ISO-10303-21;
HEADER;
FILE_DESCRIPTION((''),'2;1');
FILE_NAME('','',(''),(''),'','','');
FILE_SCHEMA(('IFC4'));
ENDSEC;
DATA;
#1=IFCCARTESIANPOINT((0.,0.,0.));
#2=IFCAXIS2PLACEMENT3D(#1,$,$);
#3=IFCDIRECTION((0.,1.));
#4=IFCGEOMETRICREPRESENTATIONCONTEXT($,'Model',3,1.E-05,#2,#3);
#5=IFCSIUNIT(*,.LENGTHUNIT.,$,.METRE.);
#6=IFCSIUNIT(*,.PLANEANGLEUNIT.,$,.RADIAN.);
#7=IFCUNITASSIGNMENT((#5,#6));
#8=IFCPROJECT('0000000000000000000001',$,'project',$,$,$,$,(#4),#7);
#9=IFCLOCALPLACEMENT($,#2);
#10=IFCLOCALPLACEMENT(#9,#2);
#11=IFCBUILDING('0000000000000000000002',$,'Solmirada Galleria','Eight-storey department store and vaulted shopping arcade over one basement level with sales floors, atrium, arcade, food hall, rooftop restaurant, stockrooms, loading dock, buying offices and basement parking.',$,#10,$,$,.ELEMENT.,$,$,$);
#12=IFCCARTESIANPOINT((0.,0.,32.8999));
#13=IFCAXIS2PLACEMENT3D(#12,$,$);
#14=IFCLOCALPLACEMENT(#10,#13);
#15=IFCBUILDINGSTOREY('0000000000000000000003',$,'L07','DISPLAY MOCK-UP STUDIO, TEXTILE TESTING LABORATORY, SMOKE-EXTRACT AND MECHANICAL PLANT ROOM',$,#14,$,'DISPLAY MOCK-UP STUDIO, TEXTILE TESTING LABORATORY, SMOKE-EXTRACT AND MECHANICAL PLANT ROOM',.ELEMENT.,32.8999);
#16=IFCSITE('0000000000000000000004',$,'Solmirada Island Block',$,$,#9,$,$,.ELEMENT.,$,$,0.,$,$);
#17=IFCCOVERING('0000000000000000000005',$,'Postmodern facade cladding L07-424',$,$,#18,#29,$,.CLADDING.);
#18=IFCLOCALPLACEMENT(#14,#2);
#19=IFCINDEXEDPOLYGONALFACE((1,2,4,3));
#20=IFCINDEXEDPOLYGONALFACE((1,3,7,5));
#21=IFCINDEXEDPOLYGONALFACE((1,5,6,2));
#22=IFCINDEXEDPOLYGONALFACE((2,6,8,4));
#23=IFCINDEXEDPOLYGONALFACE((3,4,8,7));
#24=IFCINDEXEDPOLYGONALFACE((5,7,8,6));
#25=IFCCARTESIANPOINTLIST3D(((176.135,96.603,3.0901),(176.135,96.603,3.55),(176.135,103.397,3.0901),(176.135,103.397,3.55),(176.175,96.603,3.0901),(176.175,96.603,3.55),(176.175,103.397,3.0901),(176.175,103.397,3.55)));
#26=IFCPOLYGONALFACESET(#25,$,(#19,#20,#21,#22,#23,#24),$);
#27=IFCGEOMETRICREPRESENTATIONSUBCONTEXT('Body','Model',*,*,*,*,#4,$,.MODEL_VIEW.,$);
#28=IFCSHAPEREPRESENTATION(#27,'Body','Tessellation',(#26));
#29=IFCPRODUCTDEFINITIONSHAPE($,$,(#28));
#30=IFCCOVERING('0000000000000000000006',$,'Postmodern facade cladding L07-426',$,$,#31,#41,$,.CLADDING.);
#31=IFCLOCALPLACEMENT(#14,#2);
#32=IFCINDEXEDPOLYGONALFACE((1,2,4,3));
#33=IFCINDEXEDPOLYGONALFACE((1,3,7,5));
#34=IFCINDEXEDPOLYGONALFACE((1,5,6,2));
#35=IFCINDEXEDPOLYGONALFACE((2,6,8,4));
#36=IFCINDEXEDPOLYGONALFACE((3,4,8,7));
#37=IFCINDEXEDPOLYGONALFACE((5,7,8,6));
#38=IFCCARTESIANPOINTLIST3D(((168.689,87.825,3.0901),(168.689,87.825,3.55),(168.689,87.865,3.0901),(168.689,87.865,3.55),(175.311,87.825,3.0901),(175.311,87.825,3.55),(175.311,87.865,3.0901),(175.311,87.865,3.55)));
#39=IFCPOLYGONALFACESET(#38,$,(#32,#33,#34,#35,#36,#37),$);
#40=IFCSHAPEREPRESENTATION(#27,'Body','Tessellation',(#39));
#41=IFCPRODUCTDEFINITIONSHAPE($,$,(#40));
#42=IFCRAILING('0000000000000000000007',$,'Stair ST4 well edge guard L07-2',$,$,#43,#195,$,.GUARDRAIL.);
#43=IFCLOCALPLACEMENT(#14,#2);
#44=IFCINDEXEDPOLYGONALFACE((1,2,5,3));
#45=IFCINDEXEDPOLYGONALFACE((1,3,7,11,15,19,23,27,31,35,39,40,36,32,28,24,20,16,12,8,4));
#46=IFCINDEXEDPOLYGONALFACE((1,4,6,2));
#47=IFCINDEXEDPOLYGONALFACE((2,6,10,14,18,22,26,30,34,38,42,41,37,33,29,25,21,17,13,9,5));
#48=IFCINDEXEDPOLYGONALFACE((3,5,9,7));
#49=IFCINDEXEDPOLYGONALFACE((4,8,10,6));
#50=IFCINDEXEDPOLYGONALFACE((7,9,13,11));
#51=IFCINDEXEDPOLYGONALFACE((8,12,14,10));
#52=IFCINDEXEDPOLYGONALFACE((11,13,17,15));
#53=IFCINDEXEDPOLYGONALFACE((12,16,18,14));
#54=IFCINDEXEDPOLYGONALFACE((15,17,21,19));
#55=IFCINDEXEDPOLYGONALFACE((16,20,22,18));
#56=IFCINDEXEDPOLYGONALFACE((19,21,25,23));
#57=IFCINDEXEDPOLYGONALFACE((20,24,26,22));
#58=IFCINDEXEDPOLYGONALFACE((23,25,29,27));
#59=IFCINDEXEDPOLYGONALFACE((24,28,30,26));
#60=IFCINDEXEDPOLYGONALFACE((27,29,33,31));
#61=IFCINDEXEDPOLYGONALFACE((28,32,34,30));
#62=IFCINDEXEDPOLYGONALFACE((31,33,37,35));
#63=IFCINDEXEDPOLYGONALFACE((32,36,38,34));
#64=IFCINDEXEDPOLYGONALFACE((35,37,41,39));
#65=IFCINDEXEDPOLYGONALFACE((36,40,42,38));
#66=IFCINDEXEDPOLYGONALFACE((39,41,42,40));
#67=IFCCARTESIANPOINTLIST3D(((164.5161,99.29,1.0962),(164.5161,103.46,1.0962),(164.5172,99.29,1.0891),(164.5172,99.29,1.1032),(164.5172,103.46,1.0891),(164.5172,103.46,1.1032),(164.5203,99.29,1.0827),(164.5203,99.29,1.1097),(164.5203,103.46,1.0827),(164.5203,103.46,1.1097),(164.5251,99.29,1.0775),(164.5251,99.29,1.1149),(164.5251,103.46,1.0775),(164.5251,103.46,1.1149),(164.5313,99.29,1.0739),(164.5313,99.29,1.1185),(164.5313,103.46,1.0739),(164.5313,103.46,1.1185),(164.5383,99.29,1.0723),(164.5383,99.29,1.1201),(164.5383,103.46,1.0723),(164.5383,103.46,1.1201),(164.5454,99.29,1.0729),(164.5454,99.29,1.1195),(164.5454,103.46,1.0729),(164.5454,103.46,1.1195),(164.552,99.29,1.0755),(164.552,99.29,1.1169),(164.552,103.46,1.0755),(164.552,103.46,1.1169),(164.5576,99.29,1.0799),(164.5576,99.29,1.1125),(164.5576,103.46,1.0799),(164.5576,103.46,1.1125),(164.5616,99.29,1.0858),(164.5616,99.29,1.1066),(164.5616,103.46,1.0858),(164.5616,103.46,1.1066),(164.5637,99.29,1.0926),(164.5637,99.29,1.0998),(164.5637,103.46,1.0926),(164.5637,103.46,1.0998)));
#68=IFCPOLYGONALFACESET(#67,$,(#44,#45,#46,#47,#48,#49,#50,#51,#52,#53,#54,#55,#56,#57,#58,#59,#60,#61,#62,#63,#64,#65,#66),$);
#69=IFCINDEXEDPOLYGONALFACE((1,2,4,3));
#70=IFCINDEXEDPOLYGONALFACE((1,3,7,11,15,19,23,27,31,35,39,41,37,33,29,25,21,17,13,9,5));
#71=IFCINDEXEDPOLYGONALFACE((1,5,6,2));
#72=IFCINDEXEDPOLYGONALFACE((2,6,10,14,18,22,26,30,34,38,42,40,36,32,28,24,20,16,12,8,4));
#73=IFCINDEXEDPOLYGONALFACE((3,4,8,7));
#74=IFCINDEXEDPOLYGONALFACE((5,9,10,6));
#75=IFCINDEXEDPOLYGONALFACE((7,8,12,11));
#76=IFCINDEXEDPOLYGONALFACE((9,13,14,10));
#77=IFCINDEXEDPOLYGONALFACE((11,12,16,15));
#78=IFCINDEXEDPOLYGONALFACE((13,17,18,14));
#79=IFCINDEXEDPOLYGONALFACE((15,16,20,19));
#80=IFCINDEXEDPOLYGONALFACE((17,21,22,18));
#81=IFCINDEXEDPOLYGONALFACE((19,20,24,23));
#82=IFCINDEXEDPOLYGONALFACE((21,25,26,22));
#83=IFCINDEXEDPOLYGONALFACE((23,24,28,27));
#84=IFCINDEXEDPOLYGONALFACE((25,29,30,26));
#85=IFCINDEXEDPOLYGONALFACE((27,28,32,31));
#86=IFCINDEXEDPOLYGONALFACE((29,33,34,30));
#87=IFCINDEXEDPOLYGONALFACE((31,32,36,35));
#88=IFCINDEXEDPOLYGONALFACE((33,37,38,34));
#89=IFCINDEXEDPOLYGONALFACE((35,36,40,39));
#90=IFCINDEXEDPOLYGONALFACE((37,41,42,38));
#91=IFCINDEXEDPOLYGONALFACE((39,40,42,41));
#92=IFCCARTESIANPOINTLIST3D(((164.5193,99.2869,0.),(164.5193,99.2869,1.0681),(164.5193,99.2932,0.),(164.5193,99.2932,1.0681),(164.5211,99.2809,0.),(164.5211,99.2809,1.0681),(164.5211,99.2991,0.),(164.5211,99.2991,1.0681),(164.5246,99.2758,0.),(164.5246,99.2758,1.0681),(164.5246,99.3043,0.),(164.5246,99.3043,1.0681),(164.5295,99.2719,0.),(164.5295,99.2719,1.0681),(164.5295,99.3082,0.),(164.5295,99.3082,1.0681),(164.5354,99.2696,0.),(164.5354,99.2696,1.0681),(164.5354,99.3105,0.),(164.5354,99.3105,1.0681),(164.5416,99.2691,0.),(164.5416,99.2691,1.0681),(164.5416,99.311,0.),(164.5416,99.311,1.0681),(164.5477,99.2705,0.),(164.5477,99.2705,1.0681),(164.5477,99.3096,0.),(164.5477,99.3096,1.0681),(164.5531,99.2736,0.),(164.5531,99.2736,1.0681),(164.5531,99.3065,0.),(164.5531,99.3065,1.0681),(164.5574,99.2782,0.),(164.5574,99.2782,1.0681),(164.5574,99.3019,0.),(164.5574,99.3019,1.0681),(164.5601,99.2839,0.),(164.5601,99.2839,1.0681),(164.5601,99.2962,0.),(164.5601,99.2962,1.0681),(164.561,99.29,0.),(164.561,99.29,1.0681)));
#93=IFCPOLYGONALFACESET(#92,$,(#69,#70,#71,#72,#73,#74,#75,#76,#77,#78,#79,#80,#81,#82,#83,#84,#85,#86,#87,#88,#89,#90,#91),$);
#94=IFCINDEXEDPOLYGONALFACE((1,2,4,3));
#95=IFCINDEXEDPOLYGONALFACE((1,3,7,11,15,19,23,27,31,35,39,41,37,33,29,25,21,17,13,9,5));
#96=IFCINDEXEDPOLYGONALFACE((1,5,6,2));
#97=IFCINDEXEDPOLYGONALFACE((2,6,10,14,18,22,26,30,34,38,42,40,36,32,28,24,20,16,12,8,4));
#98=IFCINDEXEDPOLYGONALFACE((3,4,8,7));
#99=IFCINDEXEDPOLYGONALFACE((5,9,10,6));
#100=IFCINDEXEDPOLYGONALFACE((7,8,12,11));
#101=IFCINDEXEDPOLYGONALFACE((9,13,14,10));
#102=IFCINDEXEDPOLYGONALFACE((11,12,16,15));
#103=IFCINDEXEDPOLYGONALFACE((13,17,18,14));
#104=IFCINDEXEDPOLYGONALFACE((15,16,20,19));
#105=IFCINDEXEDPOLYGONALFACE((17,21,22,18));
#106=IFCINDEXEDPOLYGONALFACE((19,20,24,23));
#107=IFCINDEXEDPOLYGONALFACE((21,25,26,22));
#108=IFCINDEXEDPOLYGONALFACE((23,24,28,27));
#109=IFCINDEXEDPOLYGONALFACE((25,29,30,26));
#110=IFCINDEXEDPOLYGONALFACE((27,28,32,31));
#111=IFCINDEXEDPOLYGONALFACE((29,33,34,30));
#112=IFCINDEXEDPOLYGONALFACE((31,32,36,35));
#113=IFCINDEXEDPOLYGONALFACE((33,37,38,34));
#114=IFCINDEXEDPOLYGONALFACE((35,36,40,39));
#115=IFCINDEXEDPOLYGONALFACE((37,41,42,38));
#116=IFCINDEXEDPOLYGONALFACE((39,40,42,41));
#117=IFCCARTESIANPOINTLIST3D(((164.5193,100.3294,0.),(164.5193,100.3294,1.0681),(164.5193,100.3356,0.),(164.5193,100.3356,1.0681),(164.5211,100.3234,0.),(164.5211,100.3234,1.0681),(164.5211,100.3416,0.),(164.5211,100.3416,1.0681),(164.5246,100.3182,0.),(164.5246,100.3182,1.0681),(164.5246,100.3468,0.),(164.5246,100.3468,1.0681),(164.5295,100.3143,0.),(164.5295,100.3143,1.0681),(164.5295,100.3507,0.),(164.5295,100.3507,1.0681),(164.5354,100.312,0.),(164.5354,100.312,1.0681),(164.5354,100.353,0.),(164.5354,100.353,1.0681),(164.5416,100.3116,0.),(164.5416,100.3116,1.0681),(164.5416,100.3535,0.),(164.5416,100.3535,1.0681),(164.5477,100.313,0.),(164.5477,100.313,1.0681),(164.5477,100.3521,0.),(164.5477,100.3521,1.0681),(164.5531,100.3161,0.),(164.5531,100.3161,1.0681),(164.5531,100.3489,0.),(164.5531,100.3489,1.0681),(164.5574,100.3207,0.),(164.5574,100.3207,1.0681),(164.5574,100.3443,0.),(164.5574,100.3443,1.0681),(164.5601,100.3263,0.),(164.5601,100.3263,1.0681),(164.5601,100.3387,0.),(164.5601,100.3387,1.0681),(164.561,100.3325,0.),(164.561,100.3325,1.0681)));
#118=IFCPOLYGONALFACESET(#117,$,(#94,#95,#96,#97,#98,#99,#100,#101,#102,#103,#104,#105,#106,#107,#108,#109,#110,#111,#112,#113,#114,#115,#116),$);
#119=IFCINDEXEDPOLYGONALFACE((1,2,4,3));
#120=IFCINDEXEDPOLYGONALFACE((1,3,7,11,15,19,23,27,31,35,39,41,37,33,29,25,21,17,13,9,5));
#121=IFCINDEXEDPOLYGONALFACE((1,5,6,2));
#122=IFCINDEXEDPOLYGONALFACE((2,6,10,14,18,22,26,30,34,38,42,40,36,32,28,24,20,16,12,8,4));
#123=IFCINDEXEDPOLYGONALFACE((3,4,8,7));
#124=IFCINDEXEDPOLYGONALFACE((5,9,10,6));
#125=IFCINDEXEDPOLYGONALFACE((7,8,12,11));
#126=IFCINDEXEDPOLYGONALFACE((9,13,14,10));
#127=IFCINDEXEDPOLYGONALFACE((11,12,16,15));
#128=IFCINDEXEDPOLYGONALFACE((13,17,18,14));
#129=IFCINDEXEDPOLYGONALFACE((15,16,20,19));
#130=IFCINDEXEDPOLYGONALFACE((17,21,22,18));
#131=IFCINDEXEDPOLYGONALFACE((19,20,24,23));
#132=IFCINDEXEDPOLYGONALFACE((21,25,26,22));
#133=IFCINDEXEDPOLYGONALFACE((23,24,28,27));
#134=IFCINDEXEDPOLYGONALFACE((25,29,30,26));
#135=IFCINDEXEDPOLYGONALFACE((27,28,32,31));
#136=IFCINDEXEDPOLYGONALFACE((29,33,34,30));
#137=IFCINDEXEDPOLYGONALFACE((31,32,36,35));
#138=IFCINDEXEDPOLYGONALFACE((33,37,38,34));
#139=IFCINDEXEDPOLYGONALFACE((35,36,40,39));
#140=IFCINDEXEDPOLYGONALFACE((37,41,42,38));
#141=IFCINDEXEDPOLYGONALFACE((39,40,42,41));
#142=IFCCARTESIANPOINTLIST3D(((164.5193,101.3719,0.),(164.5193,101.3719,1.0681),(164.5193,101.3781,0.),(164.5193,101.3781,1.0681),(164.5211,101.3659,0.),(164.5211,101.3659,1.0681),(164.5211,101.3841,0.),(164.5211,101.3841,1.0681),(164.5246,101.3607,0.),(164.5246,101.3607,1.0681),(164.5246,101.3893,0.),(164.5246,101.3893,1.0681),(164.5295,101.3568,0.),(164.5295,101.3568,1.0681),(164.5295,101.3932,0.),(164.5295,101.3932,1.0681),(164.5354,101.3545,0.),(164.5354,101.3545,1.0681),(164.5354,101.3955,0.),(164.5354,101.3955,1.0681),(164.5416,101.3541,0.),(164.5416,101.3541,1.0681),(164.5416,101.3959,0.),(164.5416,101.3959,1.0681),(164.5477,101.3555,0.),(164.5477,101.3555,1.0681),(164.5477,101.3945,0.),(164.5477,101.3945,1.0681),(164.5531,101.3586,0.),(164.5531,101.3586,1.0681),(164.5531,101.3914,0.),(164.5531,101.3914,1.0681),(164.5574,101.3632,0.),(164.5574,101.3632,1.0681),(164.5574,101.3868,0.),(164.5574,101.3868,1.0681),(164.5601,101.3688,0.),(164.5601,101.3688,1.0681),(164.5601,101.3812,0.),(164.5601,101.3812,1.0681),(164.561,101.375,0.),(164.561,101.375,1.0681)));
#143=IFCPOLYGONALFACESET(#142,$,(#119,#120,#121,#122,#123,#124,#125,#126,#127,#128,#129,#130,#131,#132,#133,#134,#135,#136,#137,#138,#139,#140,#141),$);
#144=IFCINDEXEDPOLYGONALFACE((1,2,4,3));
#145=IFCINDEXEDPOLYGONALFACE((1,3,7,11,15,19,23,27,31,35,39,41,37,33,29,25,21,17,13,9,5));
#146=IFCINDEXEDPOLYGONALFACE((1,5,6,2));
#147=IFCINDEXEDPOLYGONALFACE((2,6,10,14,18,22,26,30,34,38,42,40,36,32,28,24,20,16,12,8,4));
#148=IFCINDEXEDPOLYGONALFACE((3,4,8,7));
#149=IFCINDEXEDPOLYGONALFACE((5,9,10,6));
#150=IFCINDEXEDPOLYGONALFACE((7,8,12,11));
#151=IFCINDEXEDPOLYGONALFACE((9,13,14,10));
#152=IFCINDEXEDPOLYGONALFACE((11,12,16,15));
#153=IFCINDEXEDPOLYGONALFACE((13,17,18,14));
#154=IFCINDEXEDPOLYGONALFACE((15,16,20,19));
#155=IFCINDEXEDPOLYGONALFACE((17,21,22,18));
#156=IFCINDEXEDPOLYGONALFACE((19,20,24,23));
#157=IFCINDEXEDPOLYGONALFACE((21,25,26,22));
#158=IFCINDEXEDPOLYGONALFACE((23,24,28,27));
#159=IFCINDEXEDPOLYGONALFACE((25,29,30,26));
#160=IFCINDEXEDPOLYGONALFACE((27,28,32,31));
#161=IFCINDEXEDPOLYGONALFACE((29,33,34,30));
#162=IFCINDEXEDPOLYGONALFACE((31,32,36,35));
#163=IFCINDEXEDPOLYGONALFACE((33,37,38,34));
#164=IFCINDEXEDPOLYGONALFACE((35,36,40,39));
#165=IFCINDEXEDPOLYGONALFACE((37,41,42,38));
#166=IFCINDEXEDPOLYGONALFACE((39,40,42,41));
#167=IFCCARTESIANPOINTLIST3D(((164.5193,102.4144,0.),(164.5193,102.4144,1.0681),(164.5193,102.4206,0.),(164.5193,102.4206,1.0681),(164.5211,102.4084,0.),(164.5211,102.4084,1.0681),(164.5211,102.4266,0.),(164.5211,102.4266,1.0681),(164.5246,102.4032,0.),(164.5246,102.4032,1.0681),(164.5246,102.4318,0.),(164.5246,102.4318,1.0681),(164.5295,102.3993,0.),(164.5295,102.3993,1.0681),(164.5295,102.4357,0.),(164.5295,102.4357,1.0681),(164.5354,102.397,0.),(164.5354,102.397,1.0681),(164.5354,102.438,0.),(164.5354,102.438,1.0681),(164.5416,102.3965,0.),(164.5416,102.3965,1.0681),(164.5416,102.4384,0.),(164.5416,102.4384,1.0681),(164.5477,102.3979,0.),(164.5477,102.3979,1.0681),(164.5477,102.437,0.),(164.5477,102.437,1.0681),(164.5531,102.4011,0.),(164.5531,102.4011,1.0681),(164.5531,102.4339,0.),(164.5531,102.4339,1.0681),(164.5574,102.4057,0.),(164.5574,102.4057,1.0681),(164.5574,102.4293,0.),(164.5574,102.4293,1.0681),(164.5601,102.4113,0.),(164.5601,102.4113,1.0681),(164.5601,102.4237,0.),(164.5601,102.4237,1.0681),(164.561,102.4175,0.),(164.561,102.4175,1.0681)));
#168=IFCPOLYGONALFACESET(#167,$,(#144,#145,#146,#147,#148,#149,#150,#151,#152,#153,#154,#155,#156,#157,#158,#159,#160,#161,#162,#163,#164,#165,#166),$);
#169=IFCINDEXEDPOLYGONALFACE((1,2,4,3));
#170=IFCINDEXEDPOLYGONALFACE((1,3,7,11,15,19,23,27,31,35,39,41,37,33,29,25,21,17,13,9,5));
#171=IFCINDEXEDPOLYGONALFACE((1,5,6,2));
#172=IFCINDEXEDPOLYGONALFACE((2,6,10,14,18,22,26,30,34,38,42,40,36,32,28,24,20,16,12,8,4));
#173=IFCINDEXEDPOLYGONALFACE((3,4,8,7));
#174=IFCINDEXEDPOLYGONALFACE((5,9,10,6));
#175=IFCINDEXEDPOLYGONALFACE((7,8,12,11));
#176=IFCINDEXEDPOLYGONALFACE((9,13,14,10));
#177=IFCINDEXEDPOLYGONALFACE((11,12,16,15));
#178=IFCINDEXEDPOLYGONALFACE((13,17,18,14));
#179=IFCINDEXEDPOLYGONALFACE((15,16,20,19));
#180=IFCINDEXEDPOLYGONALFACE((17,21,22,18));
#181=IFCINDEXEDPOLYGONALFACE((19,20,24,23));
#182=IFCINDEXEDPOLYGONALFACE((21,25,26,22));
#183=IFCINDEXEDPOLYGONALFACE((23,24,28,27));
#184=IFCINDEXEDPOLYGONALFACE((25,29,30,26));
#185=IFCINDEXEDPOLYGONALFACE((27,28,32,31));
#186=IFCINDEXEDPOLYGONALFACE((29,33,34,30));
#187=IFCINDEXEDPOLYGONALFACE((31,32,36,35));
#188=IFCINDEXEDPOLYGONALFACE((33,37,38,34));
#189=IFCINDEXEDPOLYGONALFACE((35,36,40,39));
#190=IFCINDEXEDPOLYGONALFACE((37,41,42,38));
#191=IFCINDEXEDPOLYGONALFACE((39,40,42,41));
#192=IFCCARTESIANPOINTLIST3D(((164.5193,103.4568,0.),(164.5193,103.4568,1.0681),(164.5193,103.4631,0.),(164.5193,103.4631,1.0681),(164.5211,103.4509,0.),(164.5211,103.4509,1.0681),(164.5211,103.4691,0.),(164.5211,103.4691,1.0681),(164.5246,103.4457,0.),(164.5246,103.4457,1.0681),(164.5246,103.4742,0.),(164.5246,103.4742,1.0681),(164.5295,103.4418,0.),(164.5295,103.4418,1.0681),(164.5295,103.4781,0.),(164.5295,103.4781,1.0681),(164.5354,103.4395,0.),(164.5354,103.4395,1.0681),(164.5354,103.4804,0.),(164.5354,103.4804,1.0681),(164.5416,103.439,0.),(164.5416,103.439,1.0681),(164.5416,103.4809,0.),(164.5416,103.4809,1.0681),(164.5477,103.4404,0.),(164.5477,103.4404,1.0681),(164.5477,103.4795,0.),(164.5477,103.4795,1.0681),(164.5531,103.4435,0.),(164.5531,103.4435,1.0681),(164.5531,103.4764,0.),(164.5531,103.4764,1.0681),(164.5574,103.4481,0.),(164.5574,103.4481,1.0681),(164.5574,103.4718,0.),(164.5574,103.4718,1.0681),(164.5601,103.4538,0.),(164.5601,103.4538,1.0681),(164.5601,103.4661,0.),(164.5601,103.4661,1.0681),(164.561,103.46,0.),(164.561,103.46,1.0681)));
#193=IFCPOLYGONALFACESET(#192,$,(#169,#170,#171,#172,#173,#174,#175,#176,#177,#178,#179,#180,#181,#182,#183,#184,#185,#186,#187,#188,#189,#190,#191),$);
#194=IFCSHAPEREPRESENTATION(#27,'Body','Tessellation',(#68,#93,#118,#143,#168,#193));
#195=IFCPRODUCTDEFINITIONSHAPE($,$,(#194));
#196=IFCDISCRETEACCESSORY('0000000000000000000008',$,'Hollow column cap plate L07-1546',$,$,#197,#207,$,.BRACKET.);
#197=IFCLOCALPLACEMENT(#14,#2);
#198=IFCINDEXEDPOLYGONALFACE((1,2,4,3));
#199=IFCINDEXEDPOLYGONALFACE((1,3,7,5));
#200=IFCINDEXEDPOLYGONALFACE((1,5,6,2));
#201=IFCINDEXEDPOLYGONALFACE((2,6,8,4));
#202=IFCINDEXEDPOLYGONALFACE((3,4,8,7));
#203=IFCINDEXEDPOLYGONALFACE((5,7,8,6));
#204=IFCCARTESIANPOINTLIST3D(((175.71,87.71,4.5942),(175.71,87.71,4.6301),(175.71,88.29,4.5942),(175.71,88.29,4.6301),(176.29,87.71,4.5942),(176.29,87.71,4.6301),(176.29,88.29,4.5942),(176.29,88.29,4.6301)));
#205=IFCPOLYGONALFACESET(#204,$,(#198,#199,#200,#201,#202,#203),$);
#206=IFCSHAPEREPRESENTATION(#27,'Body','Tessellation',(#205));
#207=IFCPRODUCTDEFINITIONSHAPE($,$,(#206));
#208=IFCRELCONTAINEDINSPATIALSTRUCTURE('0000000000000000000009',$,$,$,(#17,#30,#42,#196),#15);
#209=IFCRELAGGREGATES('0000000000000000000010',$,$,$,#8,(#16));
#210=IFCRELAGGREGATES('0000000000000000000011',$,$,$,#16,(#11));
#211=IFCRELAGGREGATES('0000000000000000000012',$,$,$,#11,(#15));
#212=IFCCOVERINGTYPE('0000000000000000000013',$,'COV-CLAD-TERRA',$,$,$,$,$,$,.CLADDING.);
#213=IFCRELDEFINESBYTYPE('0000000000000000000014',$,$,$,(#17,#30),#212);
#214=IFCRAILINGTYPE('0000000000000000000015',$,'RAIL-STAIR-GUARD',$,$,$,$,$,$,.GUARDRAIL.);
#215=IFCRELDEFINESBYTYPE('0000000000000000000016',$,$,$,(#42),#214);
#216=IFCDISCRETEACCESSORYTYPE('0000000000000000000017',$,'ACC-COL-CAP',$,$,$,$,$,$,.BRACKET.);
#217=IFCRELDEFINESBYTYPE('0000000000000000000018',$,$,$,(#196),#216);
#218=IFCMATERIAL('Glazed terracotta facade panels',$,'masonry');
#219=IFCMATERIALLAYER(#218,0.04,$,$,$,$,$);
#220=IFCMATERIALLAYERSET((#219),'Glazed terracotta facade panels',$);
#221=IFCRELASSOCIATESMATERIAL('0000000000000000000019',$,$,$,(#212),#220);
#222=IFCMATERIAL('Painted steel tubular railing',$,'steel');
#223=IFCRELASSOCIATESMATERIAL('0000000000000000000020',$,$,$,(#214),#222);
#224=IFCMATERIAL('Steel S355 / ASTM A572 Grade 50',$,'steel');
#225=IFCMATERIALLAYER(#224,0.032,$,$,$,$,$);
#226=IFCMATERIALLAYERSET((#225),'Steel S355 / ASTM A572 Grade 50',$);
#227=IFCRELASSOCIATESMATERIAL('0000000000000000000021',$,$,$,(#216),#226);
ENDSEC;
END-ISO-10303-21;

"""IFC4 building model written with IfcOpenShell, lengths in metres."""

from ifc_helpers import new_model, si_unit, direction, frame, origin, origin_2d, place, context, subcontext, project, spatial, rectangle, circle, extrude, material, layer, layer_set, type_object, element, save


model = new_model("IFC4")

# Units and contexts
model_context = context("Model", 3, precision=1e-05, world=origin(), true_north=direction((0.0, 1.0)))
body_context = subcontext(model_context, "Body", "Model", "MODEL_VIEW")
ifc_project = project(units=[si_unit("LENGTHUNIT", "METRE"), si_unit("PLANEANGLEUNIT", "RADIAN")], contexts=[model_context])

# Site, building, storey
site_placement = place(None, origin())
site = spatial("IfcSite", under=ifc_project, at=site_placement, Name="Solmirada Island Block", CompositionType="ELEMENT", RefElevation=0.0)
building_placement = place(site_placement, origin())
building = spatial("IfcBuilding", under=site, at=building_placement, Name="Solmirada Galleria", Description="Eight-storey department store and vaulted shopping arcade over one basement level with sales floors, atrium, arcade, food hall, rooftop restaurant, stockrooms, loading dock, buying offices and basement parking.", CompositionType="ELEMENT")
storey_placement = place(building_placement, frame((0.0, 0.0, 32.8999)))
storey = spatial("IfcBuildingStorey", under=building, at=storey_placement, Name="L07", Description="DISPLAY MOCK-UP STUDIO, TEXTILE TESTING LABORATORY, SMOKE-EXTRACT AND MECHANICAL PLANT ROOM", LongName="DISPLAY MOCK-UP STUDIO, TEXTILE TESTING LABORATORY, SMOKE-EXTRACT AND MECHANICAL PLANT ROOM", CompositionType="ELEMENT", Elevation=32.8999)

# Coverings
ifc_material_1 = material(Name="Glazed terracotta facade panels", Category="masonry")
ifc_layer_1 = layer(ifc_material_1, 0.04)
ifc_layer_set_1 = layer_set([ifc_layer_1], Name="Glazed terracotta facade panels")
covering_type_1 = type_object("IfcCoveringType", Name="COV-CLAD-TERRA", PredefinedType="CLADDING", material=ifc_layer_set_1)
covering_1_placement = place(storey_placement, frame((176.155, 100.0, 3.0901), z_axis=(0.0, 0.0, 1.0), x_axis=(0.0, -1.0, 0.0)))
element("IfcCovering", 1, at=covering_1_placement, inside=storey, type_object=covering_type_1, Name="Postmodern facade cladding L07-424", PredefinedType="CLADDING", context=body_context, shape_type="SweptSolid", body=[
    extrude(rectangle(XDim=6.7939, YDim=0.04, at=origin_2d()), origin(), (0.0, 0.0, 1.0), 0.46),
])
covering_2_placement = place(storey_placement, frame((172.0, 87.845, 3.0901), z_axis=(0.0, 0.0, 1.0), x_axis=(-1.0, 0.0, 0.0)))
element("IfcCovering", 2, at=covering_2_placement, inside=storey, type_object=covering_type_1, Name="Postmodern facade cladding L07-426", PredefinedType="CLADDING", context=body_context, shape_type="SweptSolid", body=[
    extrude(rectangle(XDim=6.6221, YDim=0.04, at=origin_2d()), origin(), (0.0, 0.0, 1.0), 0.46),
])

# Railing
ifc_material_2 = material(Name="Painted steel tubular railing", Category="steel")
railing_type = type_object("IfcRailingType", Name="RAIL-STAIR-GUARD", PredefinedType="GUARDRAIL", material=ifc_material_2)
railing_1_placement = place(storey_placement, frame((164.54, 99.29, 0.0)))
element("IfcRailing", 3, at=railing_1_placement, inside=storey, type_object=railing_type, Name="Stair ST4 well edge guard L07-2", PredefinedType="GUARDRAIL", context=body_context, shape_type="SweptSolid", body=[
    extrude(circle(Radius=0.0239, at=origin_2d()), frame((0.0, 0.0, 1.0962), z_axis=(0.0, 1.0, 0.0), x_axis=(-1.0, 0.0, 0.0)), (0.0, 0.0, 1.0), 4.1699),
    extrude(circle(Radius=0.021, at=origin_2d()), origin(), (0.0, 0.0, 1.0), 1.0681),
    extrude(circle(Radius=0.021, at=origin_2d()), frame((0.0, 1.0425, 0.0)), (0.0, 0.0, 1.0), 1.0681),
    extrude(circle(Radius=0.021, at=origin_2d()), frame((0.0, 2.085, 0.0)), (0.0, 0.0, 1.0), 1.0681),
    extrude(circle(Radius=0.021, at=origin_2d()), frame((0.0, 3.1274, 0.0)), (0.0, 0.0, 1.0), 1.0681),
    extrude(circle(Radius=0.021, at=origin_2d()), frame((0.0, 4.1699, 0.0)), (0.0, 0.0, 1.0), 1.0681),
])

# Discrete accessory
ifc_material_3 = material(Name="Steel S355 / ASTM A572 Grade 50", Category="steel")
ifc_layer_2 = layer(ifc_material_3, 0.032)
ifc_layer_set_2 = layer_set([ifc_layer_2], Name="Steel S355 / ASTM A572 Grade 50")
discrete_accessory_type = type_object("IfcDiscreteAccessoryType", Name="ACC-COL-CAP", PredefinedType="BRACKET", material=ifc_layer_set_2)
for number, where, z_axis, x_axis, name in (
    (4, (176.0, 88.0, 4.5942), (0.0, 0.0, 1.0), (1.0, 0.0, 0.0), "Hollow column cap plate L07-1546"),
):
    element("IfcDiscreteAccessory", number, at=place(storey_placement, frame(where, z_axis=z_axis, x_axis=x_axis)), inside=storey, type_object=discrete_accessory_type, Name=name, PredefinedType="BRACKET", context=body_context, shape_type="SweptSolid", body=[
        extrude(rectangle(XDim=0.5801, YDim=0.5801, at=origin_2d()), origin(), (0.0, 0.0, 1.0), 0.0359),
    ])

save(model, "model.ifc")
